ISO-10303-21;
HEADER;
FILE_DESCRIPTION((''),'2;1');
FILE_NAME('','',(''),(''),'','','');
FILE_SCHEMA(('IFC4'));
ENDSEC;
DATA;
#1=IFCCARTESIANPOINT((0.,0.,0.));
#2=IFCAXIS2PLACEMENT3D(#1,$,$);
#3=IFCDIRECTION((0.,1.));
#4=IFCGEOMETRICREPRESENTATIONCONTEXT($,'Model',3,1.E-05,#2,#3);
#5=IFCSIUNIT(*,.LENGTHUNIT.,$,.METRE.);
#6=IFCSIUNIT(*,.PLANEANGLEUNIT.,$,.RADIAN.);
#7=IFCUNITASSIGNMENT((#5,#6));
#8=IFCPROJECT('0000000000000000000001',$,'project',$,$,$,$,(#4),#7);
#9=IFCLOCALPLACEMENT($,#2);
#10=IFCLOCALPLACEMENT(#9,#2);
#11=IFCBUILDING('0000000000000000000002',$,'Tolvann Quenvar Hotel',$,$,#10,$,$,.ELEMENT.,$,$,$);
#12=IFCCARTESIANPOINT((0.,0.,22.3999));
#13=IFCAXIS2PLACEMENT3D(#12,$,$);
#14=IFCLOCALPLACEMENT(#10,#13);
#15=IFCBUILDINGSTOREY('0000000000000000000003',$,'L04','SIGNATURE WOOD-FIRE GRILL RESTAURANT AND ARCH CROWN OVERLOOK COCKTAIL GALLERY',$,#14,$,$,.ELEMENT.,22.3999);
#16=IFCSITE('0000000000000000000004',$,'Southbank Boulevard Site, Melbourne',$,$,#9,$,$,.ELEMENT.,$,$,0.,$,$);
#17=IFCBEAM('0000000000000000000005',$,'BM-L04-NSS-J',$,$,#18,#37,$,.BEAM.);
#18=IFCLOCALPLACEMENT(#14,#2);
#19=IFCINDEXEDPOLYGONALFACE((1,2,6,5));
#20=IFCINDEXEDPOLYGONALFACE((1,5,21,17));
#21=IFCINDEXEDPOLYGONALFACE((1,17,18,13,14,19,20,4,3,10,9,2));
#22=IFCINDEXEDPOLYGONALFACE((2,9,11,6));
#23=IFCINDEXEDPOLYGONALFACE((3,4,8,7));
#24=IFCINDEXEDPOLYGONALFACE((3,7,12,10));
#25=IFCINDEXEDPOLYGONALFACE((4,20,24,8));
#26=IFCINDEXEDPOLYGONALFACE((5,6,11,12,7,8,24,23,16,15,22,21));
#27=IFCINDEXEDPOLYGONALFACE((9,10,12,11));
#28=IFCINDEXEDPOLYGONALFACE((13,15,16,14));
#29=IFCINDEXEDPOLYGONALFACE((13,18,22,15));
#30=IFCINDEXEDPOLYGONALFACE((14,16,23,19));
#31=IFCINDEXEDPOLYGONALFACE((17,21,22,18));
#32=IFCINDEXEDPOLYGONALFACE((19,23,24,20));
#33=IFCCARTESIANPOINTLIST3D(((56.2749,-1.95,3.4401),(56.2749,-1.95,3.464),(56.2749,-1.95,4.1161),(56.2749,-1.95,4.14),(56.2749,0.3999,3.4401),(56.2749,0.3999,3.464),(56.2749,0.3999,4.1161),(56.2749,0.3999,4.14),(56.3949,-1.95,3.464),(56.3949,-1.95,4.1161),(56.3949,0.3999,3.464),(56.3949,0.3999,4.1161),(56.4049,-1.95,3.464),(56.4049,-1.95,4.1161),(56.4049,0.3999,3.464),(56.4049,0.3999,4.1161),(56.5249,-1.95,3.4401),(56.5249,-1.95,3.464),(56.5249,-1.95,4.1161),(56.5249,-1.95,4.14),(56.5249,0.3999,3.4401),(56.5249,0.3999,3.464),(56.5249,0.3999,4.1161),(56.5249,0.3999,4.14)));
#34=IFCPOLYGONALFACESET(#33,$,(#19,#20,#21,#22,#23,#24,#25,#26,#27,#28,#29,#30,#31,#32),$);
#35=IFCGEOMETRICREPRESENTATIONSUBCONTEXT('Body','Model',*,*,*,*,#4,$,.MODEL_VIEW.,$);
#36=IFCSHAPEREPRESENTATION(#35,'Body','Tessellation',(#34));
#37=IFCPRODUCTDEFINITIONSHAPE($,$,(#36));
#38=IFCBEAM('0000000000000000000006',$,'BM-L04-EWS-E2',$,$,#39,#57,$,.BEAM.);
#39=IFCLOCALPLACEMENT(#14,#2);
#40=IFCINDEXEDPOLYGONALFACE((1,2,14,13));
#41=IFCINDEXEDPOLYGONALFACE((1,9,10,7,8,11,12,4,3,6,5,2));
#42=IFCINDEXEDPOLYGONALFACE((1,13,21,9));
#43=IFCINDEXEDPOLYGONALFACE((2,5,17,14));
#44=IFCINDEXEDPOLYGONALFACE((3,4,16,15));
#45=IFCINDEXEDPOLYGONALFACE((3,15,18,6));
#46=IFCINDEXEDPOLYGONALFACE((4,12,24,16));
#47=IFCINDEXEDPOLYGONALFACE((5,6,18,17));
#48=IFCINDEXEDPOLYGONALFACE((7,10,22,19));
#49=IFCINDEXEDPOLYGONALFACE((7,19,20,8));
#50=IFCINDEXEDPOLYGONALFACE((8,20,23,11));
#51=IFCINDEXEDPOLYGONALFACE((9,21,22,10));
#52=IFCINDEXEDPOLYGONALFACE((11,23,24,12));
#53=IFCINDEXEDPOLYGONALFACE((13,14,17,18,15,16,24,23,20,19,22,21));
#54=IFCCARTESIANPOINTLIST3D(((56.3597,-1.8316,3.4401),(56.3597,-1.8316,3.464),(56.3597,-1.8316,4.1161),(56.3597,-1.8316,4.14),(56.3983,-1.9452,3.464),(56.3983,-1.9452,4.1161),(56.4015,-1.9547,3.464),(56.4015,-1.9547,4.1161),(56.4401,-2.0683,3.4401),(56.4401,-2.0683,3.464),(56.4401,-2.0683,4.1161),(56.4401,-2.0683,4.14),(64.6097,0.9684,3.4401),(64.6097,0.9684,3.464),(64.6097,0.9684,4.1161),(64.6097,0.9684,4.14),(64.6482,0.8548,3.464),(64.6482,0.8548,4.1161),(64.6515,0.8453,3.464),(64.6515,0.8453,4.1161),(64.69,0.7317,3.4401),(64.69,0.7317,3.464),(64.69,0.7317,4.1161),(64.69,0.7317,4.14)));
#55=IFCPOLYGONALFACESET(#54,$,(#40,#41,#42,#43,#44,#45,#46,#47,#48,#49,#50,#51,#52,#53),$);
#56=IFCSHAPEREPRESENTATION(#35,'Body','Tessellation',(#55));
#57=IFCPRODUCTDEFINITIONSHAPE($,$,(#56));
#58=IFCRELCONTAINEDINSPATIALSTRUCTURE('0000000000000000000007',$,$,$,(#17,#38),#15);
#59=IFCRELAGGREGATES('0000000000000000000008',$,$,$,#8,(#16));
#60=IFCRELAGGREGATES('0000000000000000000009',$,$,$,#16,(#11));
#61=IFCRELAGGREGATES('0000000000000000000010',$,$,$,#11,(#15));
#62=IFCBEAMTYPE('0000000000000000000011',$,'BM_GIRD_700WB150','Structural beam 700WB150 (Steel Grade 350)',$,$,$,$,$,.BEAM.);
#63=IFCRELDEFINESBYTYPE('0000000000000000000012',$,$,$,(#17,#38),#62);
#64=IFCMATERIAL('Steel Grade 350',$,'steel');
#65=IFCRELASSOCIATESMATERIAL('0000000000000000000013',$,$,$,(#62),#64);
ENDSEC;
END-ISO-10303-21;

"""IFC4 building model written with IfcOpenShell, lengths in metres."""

from ifc_helpers import new_model, si_unit, direction, frame, origin, origin_2d, place, context, subcontext, project, spatial, i_section, extrude, source, transform, mapped, material, material_profile, profile_set, type_object, element, save


model = new_model("IFC4")

# Units and contexts
model_context = context("Model", 3, precision=1e-05, world=origin(), true_north=direction((0.0, 1.0)))
body_context = subcontext(model_context, "Body", "Model", "MODEL_VIEW")
ifc_project = project(units=[si_unit("LENGTHUNIT", "METRE"), si_unit("PLANEANGLEUNIT", "RADIAN")], contexts=[model_context])

# Site, building, storey
site_placement = place(None, origin())
site = spatial("IfcSite", under=ifc_project, at=site_placement, Name="Southbank Boulevard Site, Melbourne", CompositionType="ELEMENT", RefElevation=0.0)
building_placement = place(site_placement, origin())
building = spatial("IfcBuilding", under=site, at=building_placement, Name="Tolvann Quenvar Hotel", CompositionType="ELEMENT")
storey_placement = place(building_placement, frame((0.0, 0.0, 22.3999)))
storey = spatial("IfcBuildingStorey", under=building, at=storey_placement, Name="L04", Description="SIGNATURE WOOD-FIRE GRILL RESTAURANT AND ARCH CROWN OVERLOOK COCKTAIL GALLERY", CompositionType="ELEMENT", Elevation=22.3999)

# Beams
ifc_material_1 = material(Name="Steel Grade 350", Category="steel")
ifc_material_profile_1 = material_profile(ifc_material_1, i_section(OverallWidth=0.25, OverallDepth=0.7, WebThickness=0.01, FlangeThickness=0.0239, at=origin_2d()), Name="700WB150")
ifc_profile_set_1 = profile_set([ifc_material_profile_1], Name="Steel Grade 350")
beam_type_1 = type_object("IfcBeamType", Name="BM_GIRD_700WB150", Description="Structural beam 700WB150 (Steel Grade 350)", PredefinedType="BEAM", material=ifc_profile_set_1)
shared_shape_1 = source(origin(), body_context, "Body", "SweptSolid", [
    extrude(i_section(OverallWidth=0.25, OverallDepth=0.7, WebThickness=0.01, FlangeThickness=0.0239, at=origin_2d()), origin(), (0.0, 0.0, 1.0), 2.3499),
])
beam_1_placement = place(storey_placement, frame((56.3999, -1.95, 3.79), z_axis=(0.0, 1.0, 0.0), x_axis=(-1.0, 0.0, 0.0)))
element("IfcBeam", 1, at=beam_1_placement, inside=storey, type_object=beam_type_1, Name="BM-L04-NSS-J", PredefinedType="BEAM", context=body_context, shape_type="MappedRepresentation", body=[
    mapped(shared_shape_1, transform((0.0, 0.0, 0.0), x_axis=(1.0, 0.0, 0.0), y_axis=(0.0, 1.0, 0.0), z_axis=(0.0, 0.0, 1.0), scale=1.0)),
])
shared_shape_2 = source(origin(), body_context, "Body", "SweptSolid", [
    extrude(i_section(OverallWidth=0.25, OverallDepth=0.7, WebThickness=0.01, FlangeThickness=0.0239, at=origin_2d()), origin(), (0.0, 0.0, 1.0), 8.7122),
])
beam_2_placement = place(storey_placement, frame((56.3999, -1.95, 3.79), z_axis=(0.946946, 0.321393, 0.0), x_axis=(-0.321393, 0.946946, 0.0)))
element("IfcBeam", 2, at=beam_2_placement, inside=storey, type_object=beam_type_1, Name="BM-L04-EWS-E2", PredefinedType="BEAM", context=body_context, shape_type="MappedRepresentation", body=[
    mapped(shared_shape_2, transform((0.0, 0.0, 0.0), x_axis=(1.0, 0.0, 0.0), y_axis=(0.0, 1.0, 0.0), z_axis=(0.0, 0.0, 1.0), scale=1.0)),
])

save(model, "model.ifc")
